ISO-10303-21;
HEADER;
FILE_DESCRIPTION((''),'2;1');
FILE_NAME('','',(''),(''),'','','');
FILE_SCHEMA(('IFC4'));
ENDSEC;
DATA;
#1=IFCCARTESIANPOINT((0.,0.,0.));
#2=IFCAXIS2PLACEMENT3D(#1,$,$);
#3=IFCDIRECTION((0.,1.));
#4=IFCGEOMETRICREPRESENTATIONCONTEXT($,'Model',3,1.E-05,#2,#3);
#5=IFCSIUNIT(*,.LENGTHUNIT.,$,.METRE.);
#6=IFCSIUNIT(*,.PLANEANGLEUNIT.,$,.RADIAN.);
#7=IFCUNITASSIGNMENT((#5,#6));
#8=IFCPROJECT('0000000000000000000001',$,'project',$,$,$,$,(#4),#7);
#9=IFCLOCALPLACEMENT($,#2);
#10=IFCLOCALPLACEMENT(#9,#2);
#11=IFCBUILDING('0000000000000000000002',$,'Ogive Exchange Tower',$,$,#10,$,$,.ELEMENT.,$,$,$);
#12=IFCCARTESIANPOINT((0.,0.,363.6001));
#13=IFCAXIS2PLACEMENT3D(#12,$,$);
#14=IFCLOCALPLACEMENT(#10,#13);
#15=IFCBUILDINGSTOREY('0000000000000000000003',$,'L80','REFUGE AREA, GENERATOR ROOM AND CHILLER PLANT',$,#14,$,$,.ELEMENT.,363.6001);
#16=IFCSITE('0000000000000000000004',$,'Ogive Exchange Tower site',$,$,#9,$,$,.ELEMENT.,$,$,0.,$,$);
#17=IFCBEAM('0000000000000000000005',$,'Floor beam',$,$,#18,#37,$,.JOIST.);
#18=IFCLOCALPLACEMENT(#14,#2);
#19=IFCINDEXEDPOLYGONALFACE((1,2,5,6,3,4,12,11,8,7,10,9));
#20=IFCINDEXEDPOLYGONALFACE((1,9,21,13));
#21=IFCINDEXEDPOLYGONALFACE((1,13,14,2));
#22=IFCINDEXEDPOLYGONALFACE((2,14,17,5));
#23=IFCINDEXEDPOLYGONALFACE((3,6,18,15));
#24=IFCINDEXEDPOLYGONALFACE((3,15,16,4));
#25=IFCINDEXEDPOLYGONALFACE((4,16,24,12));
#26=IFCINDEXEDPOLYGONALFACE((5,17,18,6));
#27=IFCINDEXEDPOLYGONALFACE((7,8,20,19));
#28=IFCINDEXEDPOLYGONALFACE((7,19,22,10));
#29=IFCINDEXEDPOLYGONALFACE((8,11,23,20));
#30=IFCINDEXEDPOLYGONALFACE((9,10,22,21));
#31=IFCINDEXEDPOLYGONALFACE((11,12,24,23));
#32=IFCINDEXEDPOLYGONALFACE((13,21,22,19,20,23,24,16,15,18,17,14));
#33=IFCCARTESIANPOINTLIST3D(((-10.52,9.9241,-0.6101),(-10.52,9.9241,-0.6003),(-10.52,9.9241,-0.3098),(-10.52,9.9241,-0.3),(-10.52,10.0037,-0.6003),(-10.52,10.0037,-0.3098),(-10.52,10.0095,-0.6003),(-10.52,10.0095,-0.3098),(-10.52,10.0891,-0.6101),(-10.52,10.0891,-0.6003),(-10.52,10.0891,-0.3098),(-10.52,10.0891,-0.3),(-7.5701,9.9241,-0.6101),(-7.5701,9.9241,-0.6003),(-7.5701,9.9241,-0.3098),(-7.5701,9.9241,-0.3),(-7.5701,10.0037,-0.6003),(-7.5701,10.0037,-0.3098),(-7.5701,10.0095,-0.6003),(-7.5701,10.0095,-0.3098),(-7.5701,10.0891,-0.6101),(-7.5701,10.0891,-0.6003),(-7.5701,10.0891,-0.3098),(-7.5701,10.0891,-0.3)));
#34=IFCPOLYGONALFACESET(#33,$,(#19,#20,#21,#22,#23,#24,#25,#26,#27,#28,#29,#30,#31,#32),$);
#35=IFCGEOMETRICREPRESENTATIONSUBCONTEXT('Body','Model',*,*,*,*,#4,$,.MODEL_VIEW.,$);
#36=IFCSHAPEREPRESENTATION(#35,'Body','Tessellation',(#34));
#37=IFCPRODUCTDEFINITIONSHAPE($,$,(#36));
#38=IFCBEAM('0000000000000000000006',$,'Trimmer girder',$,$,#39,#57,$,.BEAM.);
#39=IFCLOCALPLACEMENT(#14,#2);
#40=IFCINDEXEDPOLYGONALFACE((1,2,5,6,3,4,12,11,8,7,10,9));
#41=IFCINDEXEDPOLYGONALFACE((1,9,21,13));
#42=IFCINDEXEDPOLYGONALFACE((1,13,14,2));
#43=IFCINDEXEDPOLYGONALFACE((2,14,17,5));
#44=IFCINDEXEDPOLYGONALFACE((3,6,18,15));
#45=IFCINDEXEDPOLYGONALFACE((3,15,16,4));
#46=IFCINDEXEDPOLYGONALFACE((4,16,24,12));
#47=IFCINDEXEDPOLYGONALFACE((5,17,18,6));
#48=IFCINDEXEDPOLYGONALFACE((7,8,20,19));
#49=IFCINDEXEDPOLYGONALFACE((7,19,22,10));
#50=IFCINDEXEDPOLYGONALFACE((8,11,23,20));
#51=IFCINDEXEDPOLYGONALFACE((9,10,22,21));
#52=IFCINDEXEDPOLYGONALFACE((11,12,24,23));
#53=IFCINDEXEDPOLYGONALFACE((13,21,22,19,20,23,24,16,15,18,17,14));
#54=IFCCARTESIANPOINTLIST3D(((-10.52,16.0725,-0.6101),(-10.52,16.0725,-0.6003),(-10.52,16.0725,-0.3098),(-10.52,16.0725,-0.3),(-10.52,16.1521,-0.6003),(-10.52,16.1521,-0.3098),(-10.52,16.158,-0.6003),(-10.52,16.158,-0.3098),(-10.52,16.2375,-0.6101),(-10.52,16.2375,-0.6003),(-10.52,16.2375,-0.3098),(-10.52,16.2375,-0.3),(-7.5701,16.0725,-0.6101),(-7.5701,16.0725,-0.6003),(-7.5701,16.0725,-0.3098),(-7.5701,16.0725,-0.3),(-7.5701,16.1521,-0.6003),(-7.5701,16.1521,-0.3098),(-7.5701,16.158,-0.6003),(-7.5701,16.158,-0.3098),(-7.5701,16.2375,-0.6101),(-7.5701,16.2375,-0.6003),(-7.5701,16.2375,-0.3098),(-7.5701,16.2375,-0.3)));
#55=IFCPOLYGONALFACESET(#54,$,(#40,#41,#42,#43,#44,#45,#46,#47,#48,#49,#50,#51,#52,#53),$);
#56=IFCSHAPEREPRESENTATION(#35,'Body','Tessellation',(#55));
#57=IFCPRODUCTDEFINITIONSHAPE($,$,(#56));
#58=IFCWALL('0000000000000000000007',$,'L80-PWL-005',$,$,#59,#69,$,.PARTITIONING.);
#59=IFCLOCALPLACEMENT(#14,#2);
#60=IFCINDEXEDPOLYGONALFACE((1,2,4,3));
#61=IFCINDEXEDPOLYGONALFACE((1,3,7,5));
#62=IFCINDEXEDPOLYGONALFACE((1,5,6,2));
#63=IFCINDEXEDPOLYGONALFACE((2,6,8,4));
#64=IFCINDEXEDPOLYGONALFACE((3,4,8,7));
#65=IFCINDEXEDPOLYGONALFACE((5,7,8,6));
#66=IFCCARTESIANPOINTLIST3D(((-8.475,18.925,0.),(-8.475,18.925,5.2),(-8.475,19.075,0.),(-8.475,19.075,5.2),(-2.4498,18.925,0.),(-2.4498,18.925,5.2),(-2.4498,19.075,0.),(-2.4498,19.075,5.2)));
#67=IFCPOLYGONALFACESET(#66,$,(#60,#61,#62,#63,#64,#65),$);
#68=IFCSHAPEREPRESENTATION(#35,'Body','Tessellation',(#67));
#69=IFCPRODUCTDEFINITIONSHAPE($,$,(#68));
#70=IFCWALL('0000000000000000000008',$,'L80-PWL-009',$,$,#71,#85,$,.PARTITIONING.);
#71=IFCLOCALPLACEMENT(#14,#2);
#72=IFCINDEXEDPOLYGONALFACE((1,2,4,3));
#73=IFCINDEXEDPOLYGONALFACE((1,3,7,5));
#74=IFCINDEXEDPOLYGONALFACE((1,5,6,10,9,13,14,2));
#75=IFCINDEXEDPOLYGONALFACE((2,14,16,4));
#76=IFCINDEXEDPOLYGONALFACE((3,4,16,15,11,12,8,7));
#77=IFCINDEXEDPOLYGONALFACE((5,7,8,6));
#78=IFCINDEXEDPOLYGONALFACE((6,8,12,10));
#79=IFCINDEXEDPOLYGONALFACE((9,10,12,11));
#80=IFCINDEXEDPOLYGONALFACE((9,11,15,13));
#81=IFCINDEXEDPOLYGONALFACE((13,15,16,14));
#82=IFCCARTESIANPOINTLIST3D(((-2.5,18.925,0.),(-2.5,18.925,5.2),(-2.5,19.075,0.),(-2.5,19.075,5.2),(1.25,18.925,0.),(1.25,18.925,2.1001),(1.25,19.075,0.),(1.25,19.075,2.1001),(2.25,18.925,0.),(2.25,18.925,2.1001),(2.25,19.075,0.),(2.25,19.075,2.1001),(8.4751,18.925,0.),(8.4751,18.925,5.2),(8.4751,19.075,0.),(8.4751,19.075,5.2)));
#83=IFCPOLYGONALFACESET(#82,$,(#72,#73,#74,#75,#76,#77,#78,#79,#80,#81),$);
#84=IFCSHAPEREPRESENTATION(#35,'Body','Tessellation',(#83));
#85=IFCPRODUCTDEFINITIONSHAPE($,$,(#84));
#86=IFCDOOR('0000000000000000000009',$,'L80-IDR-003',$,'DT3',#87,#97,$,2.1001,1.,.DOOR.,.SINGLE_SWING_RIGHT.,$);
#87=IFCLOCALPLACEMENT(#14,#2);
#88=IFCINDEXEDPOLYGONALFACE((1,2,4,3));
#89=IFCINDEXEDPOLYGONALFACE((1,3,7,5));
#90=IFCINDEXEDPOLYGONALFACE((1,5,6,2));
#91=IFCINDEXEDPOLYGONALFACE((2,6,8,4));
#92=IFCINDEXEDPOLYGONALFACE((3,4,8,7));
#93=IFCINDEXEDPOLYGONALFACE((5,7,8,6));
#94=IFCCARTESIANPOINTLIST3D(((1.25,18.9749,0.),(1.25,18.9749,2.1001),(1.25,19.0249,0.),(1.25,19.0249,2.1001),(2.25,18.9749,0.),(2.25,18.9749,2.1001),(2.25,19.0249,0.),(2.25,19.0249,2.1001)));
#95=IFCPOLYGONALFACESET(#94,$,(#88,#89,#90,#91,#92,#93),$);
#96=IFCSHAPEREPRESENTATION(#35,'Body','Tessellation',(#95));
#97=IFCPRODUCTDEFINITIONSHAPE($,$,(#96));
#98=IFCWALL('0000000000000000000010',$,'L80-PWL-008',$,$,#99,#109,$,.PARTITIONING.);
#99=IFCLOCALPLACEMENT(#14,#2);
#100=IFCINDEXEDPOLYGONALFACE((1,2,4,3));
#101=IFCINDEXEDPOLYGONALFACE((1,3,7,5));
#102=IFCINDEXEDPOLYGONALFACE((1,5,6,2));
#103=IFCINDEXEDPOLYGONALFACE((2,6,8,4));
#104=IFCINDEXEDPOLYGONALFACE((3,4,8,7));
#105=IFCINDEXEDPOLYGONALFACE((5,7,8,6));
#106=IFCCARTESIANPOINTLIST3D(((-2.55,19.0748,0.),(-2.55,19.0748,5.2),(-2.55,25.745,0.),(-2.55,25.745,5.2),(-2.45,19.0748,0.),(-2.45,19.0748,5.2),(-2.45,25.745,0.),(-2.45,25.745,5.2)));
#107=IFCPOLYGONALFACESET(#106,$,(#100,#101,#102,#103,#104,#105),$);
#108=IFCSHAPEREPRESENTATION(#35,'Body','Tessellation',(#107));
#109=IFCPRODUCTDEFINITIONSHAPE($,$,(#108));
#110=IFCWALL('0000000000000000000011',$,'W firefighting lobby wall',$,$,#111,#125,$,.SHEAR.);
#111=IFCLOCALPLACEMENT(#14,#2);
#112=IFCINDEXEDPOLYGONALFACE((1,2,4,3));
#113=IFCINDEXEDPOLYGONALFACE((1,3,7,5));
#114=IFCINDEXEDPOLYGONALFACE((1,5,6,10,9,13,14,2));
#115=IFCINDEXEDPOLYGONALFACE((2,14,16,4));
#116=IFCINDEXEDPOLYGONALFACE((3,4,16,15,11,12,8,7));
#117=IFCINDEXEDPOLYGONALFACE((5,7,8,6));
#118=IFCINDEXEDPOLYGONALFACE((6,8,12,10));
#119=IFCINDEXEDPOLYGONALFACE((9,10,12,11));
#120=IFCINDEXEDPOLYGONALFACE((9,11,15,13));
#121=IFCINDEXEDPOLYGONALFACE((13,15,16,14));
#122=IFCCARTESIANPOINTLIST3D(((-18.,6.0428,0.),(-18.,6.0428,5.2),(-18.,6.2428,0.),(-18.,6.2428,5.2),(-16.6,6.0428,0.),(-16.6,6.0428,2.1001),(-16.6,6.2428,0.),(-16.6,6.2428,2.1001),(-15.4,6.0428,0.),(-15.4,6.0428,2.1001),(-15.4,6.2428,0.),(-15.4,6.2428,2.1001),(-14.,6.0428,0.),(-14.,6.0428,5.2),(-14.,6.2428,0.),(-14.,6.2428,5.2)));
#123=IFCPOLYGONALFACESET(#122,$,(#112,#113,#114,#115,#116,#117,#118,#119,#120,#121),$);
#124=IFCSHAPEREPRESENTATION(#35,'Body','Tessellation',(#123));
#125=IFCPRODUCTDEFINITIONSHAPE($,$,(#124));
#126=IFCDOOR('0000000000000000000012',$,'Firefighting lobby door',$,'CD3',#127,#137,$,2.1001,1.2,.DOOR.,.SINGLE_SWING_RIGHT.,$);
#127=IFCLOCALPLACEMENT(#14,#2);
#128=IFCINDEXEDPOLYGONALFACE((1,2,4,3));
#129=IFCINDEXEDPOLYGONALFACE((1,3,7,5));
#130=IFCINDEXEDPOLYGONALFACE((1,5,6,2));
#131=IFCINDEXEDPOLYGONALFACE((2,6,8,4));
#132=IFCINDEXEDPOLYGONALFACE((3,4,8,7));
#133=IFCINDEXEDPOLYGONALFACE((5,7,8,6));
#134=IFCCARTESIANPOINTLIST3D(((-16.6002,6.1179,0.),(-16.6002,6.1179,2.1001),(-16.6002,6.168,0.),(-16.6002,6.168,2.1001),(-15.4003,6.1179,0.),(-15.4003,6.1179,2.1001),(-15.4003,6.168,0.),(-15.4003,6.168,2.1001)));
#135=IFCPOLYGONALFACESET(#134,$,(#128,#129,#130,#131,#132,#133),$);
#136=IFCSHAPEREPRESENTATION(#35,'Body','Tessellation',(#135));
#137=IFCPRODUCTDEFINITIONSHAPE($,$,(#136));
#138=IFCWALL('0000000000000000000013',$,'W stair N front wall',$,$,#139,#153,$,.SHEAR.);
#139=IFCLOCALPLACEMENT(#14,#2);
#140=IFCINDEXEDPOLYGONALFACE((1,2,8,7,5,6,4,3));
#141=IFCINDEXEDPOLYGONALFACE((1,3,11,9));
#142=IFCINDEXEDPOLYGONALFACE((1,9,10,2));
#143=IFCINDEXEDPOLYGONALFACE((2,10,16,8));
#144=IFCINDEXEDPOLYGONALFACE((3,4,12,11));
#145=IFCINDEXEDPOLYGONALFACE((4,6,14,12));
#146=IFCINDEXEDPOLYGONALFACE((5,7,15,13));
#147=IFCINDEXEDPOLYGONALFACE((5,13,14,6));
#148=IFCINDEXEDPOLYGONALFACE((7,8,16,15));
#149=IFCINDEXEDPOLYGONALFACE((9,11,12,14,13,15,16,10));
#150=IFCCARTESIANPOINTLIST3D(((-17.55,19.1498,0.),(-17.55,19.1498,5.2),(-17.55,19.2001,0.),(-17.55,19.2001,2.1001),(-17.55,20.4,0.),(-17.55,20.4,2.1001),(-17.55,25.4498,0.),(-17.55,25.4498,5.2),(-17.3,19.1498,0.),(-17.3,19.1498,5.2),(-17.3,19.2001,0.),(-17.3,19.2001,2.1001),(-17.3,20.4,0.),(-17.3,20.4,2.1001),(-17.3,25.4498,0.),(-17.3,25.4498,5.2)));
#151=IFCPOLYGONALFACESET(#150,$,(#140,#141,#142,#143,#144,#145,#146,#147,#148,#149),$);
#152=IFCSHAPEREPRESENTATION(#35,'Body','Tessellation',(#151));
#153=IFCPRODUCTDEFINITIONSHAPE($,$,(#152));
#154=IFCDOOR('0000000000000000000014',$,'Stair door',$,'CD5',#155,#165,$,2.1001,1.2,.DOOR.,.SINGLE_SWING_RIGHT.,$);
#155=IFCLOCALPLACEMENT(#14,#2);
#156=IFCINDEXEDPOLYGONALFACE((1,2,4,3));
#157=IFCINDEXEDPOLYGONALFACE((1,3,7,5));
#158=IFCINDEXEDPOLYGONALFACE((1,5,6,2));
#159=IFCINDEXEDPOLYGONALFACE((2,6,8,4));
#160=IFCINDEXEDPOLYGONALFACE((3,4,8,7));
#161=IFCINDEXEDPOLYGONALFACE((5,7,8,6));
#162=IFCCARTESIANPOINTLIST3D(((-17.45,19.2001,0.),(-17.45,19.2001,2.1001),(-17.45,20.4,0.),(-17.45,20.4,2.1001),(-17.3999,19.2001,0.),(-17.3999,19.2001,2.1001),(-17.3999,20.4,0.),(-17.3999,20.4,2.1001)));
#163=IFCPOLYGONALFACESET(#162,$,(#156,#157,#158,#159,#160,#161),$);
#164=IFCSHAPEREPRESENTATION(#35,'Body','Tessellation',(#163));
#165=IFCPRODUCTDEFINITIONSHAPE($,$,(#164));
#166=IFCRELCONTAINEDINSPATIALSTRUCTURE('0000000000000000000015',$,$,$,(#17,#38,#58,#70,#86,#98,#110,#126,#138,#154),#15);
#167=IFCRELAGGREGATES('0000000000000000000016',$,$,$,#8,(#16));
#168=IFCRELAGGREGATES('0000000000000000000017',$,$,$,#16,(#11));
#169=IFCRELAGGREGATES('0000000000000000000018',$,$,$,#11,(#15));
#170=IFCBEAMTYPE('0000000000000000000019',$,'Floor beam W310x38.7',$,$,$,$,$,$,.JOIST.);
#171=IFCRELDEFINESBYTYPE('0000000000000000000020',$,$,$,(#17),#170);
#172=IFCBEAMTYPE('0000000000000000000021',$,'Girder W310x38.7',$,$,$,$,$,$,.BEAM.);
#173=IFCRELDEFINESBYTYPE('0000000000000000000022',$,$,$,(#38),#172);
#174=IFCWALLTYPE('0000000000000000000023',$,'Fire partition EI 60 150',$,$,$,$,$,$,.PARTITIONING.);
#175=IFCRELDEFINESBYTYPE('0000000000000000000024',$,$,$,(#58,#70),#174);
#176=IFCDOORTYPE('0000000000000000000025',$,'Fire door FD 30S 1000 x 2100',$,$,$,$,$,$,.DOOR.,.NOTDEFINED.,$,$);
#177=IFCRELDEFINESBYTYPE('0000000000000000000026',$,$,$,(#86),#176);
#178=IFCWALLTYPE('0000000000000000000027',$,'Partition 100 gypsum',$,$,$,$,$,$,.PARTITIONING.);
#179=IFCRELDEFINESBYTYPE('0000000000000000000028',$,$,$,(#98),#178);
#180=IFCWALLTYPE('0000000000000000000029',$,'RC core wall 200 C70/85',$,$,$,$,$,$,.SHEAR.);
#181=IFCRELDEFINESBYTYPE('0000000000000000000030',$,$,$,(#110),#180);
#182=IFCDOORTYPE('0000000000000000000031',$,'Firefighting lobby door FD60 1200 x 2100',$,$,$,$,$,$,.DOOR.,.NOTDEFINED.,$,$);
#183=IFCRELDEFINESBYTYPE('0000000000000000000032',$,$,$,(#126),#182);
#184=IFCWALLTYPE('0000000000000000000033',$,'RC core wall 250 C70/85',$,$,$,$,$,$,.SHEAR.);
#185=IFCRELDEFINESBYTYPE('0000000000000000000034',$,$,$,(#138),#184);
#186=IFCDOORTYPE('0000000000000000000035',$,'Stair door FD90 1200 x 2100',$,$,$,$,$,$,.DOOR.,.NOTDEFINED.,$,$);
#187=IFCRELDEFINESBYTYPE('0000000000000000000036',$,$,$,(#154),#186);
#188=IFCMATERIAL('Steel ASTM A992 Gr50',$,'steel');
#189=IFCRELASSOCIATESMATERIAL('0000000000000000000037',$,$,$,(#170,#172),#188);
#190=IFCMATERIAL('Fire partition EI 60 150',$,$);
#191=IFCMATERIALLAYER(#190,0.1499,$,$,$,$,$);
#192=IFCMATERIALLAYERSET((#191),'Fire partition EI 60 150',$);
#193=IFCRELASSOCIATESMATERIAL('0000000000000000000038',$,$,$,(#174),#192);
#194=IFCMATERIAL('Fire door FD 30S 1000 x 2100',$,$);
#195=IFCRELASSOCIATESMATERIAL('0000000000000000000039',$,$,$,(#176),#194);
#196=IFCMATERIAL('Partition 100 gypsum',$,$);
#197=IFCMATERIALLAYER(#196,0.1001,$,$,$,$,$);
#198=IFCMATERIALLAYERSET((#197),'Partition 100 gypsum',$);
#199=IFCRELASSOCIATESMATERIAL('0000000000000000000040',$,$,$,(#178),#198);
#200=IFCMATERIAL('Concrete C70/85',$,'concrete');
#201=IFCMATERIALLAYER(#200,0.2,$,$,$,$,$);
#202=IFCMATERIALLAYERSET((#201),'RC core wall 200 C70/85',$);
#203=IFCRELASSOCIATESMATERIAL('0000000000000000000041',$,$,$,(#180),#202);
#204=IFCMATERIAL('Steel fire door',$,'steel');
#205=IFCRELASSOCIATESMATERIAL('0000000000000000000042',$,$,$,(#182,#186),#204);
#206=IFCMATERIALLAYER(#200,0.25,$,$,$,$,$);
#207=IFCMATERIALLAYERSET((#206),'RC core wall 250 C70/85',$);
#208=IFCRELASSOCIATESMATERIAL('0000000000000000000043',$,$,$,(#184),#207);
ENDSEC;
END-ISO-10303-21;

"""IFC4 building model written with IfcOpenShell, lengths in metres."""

from ifc_helpers import new_model, si_unit, direction, frame, frame_2d, origin, origin_2d, place, context, subcontext, project, spatial, rectangle, i_section, extrude, material, layer, layer_set, material_profile, profile_set, type_object, element, fill, save


model = new_model("IFC4")

# Units and contexts
model_context = context("Model", 3, precision=1e-05, world=origin(), true_north=direction((0.0, 1.0)))
body_context = subcontext(model_context, "Body", "Model", "MODEL_VIEW")
ifc_project = project(units=[si_unit("LENGTHUNIT", "METRE"), si_unit("PLANEANGLEUNIT", "RADIAN")], contexts=[model_context])

# Site, building, storey
site_placement = place(None, origin())
site = spatial("IfcSite", under=ifc_project, at=site_placement, Name="Ogive Exchange Tower site", CompositionType="ELEMENT", RefElevation=0.0)
building_placement = place(site_placement, origin())
building = spatial("IfcBuilding", under=site, at=building_placement, Name="Ogive Exchange Tower", CompositionType="ELEMENT")
storey_placement = place(building_placement, frame((0.0, 0.0, 363.6001)))
storey = spatial("IfcBuildingStorey", under=building, at=storey_placement, Name="L80", Description="REFUGE AREA, GENERATOR ROOM AND CHILLER PLANT", CompositionType="ELEMENT", Elevation=363.6001)

# Beams
ifc_material_1 = material(Name="Steel ASTM A992 Gr50", Category="steel")
ifc_material_profile_1 = material_profile(ifc_material_1, i_section(OverallWidth=0.165, OverallDepth=0.3101, WebThickness=0.0059, FlangeThickness=0.0098, at=origin_2d()), Name="W310x38.7")
ifc_profile_set_1 = profile_set([ifc_material_profile_1], Name="Steel ASTM A992 Gr50")
beam_type_1 = type_object("IfcBeamType", Name="Floor beam W310x38.7", PredefinedType="JOIST", material=ifc_profile_set_1)
beam_1_placement = place(storey_placement, frame((-10.52, 10.0066, -0.4551), z_axis=(1.0, 0.0, 0.0), x_axis=(0.0, 1.0, 0.0)))
element("IfcBeam", 1, at=beam_1_placement, inside=storey, type_object=beam_type_1, Name="Floor beam", PredefinedType="JOIST", context=body_context, shape_type="SweptSolid", body=[
    extrude(i_section(OverallWidth=0.165, OverallDepth=0.3101, WebThickness=0.0059, FlangeThickness=0.0098, at=origin_2d()), origin(), (0.0, 0.0, 1.0), 2.95),
])
ifc_material_profile_2 = material_profile(ifc_material_1, i_section(OverallWidth=0.165, OverallDepth=0.3101, WebThickness=0.0059, FlangeThickness=0.0098, at=origin_2d()), Name="W310x38.7")
ifc_profile_set_2 = profile_set([ifc_material_profile_2], Name="Steel ASTM A992 Gr50")
beam_type_2 = type_object("IfcBeamType", Name="Girder W310x38.7", PredefinedType="BEAM", material=ifc_profile_set_2)
beam_2_placement = place(storey_placement, frame((-10.52, 16.155, -0.4551), z_axis=(1.0, 0.0, 0.0), x_axis=(0.0, 1.0, 0.0)))
element("IfcBeam", 2, at=beam_2_placement, inside=storey, type_object=beam_type_2, Name="Trimmer girder", PredefinedType="BEAM", context=body_context, shape_type="SweptSolid", body=[
    extrude(i_section(OverallWidth=0.165, OverallDepth=0.3101, WebThickness=0.0059, FlangeThickness=0.0098, at=origin_2d()), origin(), (0.0, 0.0, 1.0), 2.95),
])

# Wall
ifc_material_2 = material(Name="Fire partition EI 60 150")
ifc_layer_1 = layer(ifc_material_2, 0.1499)
ifc_layer_set_1 = layer_set([ifc_layer_1], Name="Fire partition EI 60 150")
wall_type_1 = type_object("IfcWallType", Name="Fire partition EI 60 150", PredefinedType="PARTITIONING", material=ifc_layer_set_1)
wall_1_placement = place(storey_placement, frame((-8.4751, 19.0, 0.0), z_axis=(0.0, 0.0, 1.0), x_axis=(1.0, 0.0, 0.0)))
element("IfcWall", 3, at=wall_1_placement, inside=storey, type_object=wall_type_1, Name="L80-PWL-005", PredefinedType="PARTITIONING", context=body_context, shape_type="SweptSolid", body=[
    extrude(rectangle(XDim=6.0251, YDim=0.1499, at=frame_2d((3.0127, 0.0))), origin(), (0.0, 0.0, 1.0), 5.2),
])

# Wall, opening, door
wall_2_placement = place(storey_placement, frame((-2.5, 19.0, 0.0), z_axis=(0.0, 0.0, 1.0), x_axis=(1.0, 0.0, 0.0)))
wall_2 = element("IfcWall", 4, at=wall_2_placement, inside=storey, type_object=wall_type_1, Name="L80-PWL-009", PredefinedType="PARTITIONING", context=body_context, shape_type="SweptSolid", body=[
    extrude(rectangle(XDim=10.9751, YDim=0.1499, at=frame_2d((5.4875, 0.0))), origin(), (0.0, 0.0, 1.0), 5.2),
])
opening_1_placement = place(wall_2_placement, frame((3.75, 0.0, 0.0)))
opening_1 = element("IfcOpeningElement", 5, at=opening_1_placement, cuts=wall_2, PredefinedType="OPENING", context=body_context, shape_type="SweptSolid", body=[
    extrude(rectangle(XDim=1.0, YDim=2.1001, at=frame_2d((0.5, 1.05))), frame((0.0, 0.085, 0.0), z_axis=(0.0, -1.0, 0.0), x_axis=(1.0, 0.0, 0.0)), (0.0, 0.0, 1.0), 0.1699),
])
ifc_material_3 = material(Name="Fire door FD 30S 1000 x 2100")
door_type_1 = type_object("IfcDoorType", Name="Fire door FD 30S 1000 x 2100", OperationType="NOTDEFINED", PredefinedType="DOOR", material=ifc_material_3)
door_1_placement = place(opening_1_placement, origin())
door_1 = element("IfcDoor", 6, at=door_1_placement, inside=storey, type_object=door_type_1, Name="L80-IDR-003", ObjectType="DT3", OperationType="SINGLE_SWING_RIGHT", OverallHeight=2.1001, OverallWidth=1.0, PredefinedType="DOOR", context=body_context, shape_type="SweptSolid", body=[
    extrude(rectangle(XDim=1.0, YDim=2.1001, at=frame_2d((0.5, 1.05))), frame((0.0, 0.0249, 0.0), z_axis=(0.0, -1.0, 0.0), x_axis=(1.0, 0.0, 0.0)), (0.0, 0.0, 1.0), 0.05),
])
fill(opening_1, door_1)

# Wall
ifc_material_4 = material(Name="Partition 100 gypsum")
ifc_layer_2 = layer(ifc_material_4, 0.1001)
ifc_layer_set_2 = layer_set([ifc_layer_2], Name="Partition 100 gypsum")
wall_type_2 = type_object("IfcWallType", Name="Partition 100 gypsum", PredefinedType="PARTITIONING", material=ifc_layer_set_2)
wall_3_placement = place(storey_placement, frame((-2.5, 19.075, 0.0), z_axis=(0.0, 0.0, 1.0), x_axis=(0.0, 1.0, 0.0)))
element("IfcWall", 7, at=wall_3_placement, inside=storey, type_object=wall_type_2, Name="L80-PWL-008", PredefinedType="PARTITIONING", context=body_context, shape_type="SweptSolid", body=[
    extrude(rectangle(XDim=6.6702, YDim=0.1001, at=frame_2d((3.335, 0.0))), origin(), (0.0, 0.0, 1.0), 5.2),
])

# Walls, openings, doors
ifc_material_5 = material(Name="Concrete C70/85", Category="concrete")
ifc_layer_3 = layer(ifc_material_5, 0.2)
ifc_layer_set_3 = layer_set([ifc_layer_3], Name="RC core wall 200 C70/85")
wall_type_3 = type_object("IfcWallType", Name="RC core wall 200 C70/85", PredefinedType="SHEAR", material=ifc_layer_set_3)
wall_4_placement = place(storey_placement, frame((-18.0, 6.1428, 0.0), z_axis=(0.0, 0.0, 1.0), x_axis=(1.0, 0.0, 0.0)))
wall_4 = element("IfcWall", 8, at=wall_4_placement, inside=storey, type_object=wall_type_3, Name="W firefighting lobby wall", PredefinedType="SHEAR", context=body_context, shape_type="SweptSolid", body=[
    extrude(rectangle(XDim=4.0, YDim=0.2, at=frame_2d((2.0, 0.0))), origin(), (0.0, 0.0, 1.0), 5.2),
])
opening_2_placement = place(wall_4_placement, frame((1.3999, 0.0, 0.0)))
opening_2 = element("IfcOpeningElement", 9, at=opening_2_placement, cuts=wall_4, PredefinedType="OPENING", context=body_context, shape_type="SweptSolid", body=[
    extrude(rectangle(XDim=1.2, YDim=2.1001, at=frame_2d((0.6001, 1.05))), frame((0.0, 0.1099, 0.0), z_axis=(0.0, -1.0, 0.0), x_axis=(1.0, 0.0, 0.0)), (0.0, 0.0, 1.0), 0.22),
])
ifc_material_6 = material(Name="Steel fire door", Category="steel")
door_type_2 = type_object("IfcDoorType", Name="Firefighting lobby door FD60 1200 x 2100", OperationType="NOTDEFINED", PredefinedType="DOOR", material=ifc_material_6)
door_2_placement = place(opening_2_placement, frame((1.2, 0.0, 0.0), z_axis=(0.0, 0.0, 1.0), x_axis=(-1.0, 0.0, 0.0)))
door_2 = element("IfcDoor", 10, at=door_2_placement, inside=storey, type_object=door_type_2, Name="Firefighting lobby door", ObjectType="CD3", OperationType="SINGLE_SWING_RIGHT", OverallHeight=2.1001, OverallWidth=1.2, PredefinedType="DOOR", context=body_context, shape_type="SweptSolid", body=[
    extrude(rectangle(XDim=1.2, YDim=2.1001, at=frame_2d((0.6001, 1.05))), frame((0.0, 0.0249, 0.0), z_axis=(0.0, -1.0, 0.0), x_axis=(1.0, 0.0, 0.0)), (0.0, 0.0, 1.0), 0.05),
])
fill(opening_2, door_2)
ifc_layer_4 = layer(ifc_material_5, 0.25)
ifc_layer_set_4 = layer_set([ifc_layer_4], Name="RC core wall 250 C70/85")
wall_type_4 = type_object("IfcWallType", Name="RC core wall 250 C70/85", PredefinedType="SHEAR", material=ifc_layer_set_4)
wall_5_placement = place(storey_placement, frame((-17.425, 19.1499, 0.0), z_axis=(0.0, 0.0, 1.0), x_axis=(0.0, 1.0, 0.0)))
wall_5 = element("IfcWall", 11, at=wall_5_placement, inside=storey, type_object=wall_type_4, Name="W stair N front wall", PredefinedType="SHEAR", context=body_context, shape_type="SweptSolid", body=[
    extrude(rectangle(XDim=6.3, YDim=0.25, at=frame_2d((3.1499, 0.0))), origin(), (0.0, 0.0, 1.0), 5.2),
])
opening_3_placement = place(wall_5_placement, frame((0.05, 0.0, 0.0)))
opening_3 = element("IfcOpeningElement", 12, at=opening_3_placement, cuts=wall_5, PredefinedType="OPENING", context=body_context, shape_type="SweptSolid", body=[
    extrude(rectangle(XDim=1.2, YDim=2.1001, at=frame_2d((0.6001, 1.05))), frame((0.0, 0.135, 0.0), z_axis=(0.0, -1.0, 0.0), x_axis=(1.0, 0.0, 0.0)), (0.0, 0.0, 1.0), 0.27),
])
door_type_3 = type_object("IfcDoorType", Name="Stair door FD90 1200 x 2100", OperationType="NOTDEFINED", PredefinedType="DOOR", material=ifc_material_6)
door_3_placement = place(opening_3_placement, origin())
door_3 = element("IfcDoor", 13, at=door_3_placement, inside=storey, type_object=door_type_3, Name="Stair door", ObjectType="CD5", OperationType="SINGLE_SWING_RIGHT", OverallHeight=2.1001, OverallWidth=1.2, PredefinedType="DOOR", context=body_context, shape_type="SweptSolid", body=[
    extrude(rectangle(XDim=1.2, YDim=2.1001, at=frame_2d((0.6001, 1.05))), frame((0.0, 0.0249, 0.0), z_axis=(0.0, -1.0, 0.0), x_axis=(1.0, 0.0, 0.0)), (0.0, 0.0, 1.0), 0.05),
])
fill(opening_3, door_3)

save(model, "model.ifc")
